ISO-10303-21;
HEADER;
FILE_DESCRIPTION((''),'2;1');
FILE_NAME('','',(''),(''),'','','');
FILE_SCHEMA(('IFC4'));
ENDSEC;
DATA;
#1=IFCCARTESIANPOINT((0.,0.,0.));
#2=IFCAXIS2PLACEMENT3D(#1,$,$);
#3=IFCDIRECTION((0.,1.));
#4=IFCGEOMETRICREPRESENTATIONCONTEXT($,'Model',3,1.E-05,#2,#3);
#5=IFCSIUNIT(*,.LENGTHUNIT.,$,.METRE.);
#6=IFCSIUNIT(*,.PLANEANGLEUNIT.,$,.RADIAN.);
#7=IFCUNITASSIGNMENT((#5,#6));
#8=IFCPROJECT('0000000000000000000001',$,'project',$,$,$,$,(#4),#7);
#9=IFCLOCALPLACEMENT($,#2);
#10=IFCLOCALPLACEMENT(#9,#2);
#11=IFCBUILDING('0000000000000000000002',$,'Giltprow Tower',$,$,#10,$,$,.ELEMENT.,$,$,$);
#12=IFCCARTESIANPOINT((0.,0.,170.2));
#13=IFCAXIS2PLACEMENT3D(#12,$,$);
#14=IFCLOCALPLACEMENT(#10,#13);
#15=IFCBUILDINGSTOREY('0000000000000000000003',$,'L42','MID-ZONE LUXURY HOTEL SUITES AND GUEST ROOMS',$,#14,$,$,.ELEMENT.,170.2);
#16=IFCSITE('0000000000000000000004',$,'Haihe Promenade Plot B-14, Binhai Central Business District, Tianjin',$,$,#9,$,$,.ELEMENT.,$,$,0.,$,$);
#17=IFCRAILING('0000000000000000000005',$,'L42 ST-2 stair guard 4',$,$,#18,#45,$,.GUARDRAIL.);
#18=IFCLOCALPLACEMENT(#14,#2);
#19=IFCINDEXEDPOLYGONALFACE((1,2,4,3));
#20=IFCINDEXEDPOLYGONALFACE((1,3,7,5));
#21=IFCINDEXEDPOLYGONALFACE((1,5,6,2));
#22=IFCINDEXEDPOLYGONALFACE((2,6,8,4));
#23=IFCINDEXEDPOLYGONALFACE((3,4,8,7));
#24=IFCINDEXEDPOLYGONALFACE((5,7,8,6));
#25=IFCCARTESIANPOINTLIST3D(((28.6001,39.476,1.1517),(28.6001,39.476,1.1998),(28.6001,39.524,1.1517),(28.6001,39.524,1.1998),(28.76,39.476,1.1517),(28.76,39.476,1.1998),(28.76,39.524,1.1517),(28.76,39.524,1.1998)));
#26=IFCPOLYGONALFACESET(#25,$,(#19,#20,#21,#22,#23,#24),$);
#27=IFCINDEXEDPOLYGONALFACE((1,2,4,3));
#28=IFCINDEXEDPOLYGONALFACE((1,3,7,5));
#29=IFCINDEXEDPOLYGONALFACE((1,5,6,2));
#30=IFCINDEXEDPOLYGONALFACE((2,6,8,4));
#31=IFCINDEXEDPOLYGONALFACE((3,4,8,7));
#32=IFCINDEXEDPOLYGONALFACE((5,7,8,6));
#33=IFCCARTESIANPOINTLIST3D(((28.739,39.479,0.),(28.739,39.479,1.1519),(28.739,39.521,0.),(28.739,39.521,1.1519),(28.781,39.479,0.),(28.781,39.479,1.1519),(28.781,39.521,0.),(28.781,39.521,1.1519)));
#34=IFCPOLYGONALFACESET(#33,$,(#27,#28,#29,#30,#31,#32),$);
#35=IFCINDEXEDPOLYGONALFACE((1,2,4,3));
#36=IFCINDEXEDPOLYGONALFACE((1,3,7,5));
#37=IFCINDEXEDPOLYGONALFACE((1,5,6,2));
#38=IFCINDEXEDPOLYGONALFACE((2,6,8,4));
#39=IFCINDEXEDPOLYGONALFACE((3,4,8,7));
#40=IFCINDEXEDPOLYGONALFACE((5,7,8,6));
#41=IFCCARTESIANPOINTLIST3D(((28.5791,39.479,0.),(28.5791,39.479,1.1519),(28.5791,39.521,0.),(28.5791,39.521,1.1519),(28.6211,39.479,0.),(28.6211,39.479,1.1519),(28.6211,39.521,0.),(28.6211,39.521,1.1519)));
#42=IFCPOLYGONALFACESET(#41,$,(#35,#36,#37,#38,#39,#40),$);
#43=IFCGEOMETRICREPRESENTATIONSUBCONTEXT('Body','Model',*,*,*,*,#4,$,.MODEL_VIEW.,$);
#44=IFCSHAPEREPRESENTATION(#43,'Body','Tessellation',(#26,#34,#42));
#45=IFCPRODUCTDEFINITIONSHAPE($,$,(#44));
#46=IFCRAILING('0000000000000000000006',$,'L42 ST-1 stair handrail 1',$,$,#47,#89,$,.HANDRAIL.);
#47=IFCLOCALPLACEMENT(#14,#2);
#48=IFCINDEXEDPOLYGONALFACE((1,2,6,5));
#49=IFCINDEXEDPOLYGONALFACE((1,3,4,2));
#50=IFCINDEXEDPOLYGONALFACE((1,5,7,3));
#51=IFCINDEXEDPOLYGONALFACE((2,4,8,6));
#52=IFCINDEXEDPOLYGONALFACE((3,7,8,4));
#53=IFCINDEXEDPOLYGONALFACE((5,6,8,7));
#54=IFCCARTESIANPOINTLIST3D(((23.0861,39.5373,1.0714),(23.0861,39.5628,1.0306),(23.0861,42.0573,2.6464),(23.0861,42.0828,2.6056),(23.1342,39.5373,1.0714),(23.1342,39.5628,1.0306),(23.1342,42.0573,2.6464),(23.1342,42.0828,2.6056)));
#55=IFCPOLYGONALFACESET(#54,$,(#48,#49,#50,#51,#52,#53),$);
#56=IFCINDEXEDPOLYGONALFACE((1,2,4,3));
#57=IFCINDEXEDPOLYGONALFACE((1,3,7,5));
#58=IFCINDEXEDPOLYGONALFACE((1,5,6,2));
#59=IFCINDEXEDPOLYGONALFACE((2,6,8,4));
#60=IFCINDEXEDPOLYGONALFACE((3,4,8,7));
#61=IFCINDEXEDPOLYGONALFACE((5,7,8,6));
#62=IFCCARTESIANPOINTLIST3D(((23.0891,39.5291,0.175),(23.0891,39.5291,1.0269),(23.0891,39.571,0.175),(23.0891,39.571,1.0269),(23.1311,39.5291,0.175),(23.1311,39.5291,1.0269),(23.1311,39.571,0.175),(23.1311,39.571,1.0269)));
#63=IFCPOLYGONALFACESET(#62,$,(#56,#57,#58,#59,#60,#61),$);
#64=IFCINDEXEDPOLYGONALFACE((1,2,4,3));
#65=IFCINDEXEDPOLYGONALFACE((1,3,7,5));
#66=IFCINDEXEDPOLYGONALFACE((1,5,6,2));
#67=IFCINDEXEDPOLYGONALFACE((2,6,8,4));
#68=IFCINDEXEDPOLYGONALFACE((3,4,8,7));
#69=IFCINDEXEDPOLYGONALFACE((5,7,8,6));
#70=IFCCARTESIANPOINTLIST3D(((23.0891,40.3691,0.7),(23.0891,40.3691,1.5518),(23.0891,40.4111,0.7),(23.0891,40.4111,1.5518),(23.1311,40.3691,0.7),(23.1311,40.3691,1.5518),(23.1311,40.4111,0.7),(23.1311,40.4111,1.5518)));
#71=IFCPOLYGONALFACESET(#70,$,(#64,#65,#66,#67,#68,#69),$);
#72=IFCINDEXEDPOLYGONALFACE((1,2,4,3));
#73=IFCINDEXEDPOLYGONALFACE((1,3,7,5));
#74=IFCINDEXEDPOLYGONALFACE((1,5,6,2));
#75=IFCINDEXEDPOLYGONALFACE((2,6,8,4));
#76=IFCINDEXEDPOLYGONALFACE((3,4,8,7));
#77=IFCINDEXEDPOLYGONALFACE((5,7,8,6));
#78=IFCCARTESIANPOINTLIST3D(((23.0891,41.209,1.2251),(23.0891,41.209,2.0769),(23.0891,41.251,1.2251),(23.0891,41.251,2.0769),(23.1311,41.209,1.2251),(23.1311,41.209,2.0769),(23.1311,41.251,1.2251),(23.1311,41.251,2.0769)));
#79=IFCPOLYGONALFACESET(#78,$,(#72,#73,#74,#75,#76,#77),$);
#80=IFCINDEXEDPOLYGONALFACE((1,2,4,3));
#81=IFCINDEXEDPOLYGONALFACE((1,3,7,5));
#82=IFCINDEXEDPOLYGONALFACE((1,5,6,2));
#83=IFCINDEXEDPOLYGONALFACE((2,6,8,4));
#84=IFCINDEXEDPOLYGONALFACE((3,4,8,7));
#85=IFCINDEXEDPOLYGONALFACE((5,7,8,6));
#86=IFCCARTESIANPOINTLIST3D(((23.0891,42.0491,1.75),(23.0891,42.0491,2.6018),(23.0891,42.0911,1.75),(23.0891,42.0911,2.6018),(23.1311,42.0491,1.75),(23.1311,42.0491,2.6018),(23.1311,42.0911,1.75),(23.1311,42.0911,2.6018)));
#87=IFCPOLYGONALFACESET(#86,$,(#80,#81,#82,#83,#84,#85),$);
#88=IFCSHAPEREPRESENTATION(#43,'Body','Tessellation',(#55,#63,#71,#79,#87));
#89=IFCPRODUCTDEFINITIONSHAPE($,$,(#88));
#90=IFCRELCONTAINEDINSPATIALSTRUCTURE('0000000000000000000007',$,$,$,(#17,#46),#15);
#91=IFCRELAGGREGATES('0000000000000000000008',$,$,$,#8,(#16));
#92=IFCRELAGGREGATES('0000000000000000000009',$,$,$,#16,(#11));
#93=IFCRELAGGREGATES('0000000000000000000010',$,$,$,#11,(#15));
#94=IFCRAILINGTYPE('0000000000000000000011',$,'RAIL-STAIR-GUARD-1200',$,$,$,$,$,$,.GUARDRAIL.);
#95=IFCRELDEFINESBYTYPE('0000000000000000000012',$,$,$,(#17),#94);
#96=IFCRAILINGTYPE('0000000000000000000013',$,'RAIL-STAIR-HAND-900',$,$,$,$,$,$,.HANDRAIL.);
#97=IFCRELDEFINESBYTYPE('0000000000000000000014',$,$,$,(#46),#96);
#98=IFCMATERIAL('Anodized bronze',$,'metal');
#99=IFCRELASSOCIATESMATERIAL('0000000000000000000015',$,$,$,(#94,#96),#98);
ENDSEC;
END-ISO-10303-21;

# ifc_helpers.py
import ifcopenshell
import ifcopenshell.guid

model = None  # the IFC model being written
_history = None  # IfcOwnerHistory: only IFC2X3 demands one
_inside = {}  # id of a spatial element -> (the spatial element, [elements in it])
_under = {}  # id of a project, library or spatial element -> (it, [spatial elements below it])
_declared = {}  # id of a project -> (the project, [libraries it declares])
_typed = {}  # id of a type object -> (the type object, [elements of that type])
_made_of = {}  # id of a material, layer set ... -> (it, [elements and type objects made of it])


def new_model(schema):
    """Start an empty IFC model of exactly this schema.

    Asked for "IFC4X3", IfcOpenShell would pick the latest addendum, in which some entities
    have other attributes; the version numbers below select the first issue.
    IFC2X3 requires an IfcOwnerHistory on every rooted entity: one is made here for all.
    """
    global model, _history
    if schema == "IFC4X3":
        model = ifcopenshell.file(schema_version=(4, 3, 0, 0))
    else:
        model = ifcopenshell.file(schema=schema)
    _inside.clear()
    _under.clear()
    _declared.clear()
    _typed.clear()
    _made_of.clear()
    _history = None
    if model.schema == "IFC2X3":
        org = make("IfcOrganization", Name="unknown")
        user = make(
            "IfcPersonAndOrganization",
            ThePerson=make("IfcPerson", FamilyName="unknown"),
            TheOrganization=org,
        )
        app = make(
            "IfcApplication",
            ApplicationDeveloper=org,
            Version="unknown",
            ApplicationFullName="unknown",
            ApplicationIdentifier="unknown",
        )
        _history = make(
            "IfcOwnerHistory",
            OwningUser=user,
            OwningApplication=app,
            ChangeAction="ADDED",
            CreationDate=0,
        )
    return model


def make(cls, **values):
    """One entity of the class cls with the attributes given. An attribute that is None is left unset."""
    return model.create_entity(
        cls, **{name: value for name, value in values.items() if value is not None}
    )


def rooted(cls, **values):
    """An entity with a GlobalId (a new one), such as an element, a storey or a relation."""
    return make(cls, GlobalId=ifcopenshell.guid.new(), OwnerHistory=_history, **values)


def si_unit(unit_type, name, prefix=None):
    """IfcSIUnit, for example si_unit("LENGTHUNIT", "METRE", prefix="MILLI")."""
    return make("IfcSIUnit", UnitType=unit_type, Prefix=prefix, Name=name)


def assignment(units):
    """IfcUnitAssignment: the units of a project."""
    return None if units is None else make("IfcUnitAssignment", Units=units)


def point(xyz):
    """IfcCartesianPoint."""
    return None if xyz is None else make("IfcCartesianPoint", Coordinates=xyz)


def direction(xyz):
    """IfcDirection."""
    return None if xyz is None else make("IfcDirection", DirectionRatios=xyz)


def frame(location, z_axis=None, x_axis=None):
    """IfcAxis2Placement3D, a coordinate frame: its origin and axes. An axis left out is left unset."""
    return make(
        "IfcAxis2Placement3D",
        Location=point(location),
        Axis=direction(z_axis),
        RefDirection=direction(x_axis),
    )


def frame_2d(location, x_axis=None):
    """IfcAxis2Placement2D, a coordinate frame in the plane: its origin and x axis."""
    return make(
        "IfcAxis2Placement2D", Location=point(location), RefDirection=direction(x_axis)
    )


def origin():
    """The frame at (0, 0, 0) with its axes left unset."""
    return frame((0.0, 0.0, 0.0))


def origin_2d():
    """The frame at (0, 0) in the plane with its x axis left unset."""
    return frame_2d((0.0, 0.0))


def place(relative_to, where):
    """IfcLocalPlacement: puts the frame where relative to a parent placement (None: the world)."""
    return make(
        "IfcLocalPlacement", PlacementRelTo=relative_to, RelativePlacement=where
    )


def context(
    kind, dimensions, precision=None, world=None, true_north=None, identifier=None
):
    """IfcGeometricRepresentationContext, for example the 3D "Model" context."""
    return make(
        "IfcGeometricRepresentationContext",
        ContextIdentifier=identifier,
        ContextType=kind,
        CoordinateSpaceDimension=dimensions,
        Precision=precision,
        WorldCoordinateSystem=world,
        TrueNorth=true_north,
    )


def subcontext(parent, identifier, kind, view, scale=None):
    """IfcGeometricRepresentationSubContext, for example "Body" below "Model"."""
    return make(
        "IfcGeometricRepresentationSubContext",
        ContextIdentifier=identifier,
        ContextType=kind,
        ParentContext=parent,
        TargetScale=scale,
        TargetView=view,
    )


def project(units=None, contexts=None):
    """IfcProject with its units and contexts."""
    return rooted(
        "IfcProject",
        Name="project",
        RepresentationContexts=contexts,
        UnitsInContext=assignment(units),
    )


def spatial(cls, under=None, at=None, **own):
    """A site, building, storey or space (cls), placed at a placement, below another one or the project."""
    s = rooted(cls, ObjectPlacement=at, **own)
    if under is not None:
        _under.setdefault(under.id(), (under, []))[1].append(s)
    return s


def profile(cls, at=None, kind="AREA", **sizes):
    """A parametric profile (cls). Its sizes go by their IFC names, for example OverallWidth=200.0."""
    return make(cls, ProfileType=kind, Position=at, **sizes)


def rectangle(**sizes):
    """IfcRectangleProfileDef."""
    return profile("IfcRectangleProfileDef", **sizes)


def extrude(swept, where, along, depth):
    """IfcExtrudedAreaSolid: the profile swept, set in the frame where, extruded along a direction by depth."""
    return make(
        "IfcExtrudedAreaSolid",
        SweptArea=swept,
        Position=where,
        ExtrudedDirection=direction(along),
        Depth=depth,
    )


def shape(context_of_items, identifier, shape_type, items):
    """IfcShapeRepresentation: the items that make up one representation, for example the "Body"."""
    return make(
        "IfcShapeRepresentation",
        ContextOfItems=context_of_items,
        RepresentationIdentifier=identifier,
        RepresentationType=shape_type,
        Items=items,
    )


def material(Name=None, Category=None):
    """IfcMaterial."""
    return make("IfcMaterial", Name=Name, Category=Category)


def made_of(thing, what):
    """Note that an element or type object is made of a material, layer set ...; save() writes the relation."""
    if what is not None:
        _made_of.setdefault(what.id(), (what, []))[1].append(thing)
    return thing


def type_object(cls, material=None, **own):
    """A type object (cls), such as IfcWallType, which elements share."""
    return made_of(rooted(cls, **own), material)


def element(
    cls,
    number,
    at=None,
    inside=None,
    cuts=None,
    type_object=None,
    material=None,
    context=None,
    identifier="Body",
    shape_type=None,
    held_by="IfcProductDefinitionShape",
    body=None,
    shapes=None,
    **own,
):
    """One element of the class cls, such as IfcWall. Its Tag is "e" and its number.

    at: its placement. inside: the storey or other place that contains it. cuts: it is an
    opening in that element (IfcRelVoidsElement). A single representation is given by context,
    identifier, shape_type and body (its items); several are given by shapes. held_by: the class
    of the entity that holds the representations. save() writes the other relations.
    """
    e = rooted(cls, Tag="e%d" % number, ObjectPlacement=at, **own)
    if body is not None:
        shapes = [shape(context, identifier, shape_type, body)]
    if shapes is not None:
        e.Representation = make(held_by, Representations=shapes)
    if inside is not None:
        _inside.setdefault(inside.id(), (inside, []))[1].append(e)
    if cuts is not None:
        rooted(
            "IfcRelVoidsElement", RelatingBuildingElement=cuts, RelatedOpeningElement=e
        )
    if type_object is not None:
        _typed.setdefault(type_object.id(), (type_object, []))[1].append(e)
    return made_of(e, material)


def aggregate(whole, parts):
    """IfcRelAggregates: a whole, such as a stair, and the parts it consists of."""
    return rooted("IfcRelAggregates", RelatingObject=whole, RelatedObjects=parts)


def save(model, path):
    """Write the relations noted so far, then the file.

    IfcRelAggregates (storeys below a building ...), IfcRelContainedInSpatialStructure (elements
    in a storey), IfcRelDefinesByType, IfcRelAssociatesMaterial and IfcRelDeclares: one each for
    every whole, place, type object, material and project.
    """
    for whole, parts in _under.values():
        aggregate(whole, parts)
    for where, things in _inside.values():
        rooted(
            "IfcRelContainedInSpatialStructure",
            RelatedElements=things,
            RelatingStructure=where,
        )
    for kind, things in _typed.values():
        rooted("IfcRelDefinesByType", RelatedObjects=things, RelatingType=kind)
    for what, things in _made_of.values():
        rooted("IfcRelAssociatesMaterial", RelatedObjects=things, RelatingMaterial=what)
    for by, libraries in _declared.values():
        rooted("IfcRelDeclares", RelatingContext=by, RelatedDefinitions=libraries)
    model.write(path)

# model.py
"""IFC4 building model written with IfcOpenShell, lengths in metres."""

from ifc_helpers import new_model, si_unit, direction, frame, origin, origin_2d, place, context, subcontext, project, spatial, rectangle, extrude, material, type_object, element, save


model = new_model("IFC4")

# Units and contexts
model_context = context("Model", 3, precision=1e-05, world=origin(), true_north=direction((0.0, 1.0)))
body_context = subcontext(model_context, "Body", "Model", "MODEL_VIEW")
ifc_project = project(units=[si_unit("LENGTHUNIT", "METRE"), si_unit("PLANEANGLEUNIT", "RADIAN")], contexts=[model_context])

# Site, building, storey
site_placement = place(None, origin())
site = spatial("IfcSite", under=ifc_project, at=site_placement, Name="Haihe Promenade Plot B-14, Binhai Central Business District, Tianjin", CompositionType="ELEMENT", RefElevation=0.0)
building_placement = place(site_placement, origin())
building = spatial("IfcBuilding", under=site, at=building_placement, Name="Giltprow Tower", CompositionType="ELEMENT")
storey_placement = place(building_placement, frame((0.0, 0.0, 170.2)))
storey = spatial("IfcBuildingStorey", under=building, at=storey_placement, Name="L42", Description="MID-ZONE LUXURY HOTEL SUITES AND GUEST ROOMS", CompositionType="ELEMENT", Elevation=170.2)

# Railings
ifc_material_1 = material(Name="Anodized bronze", Category="metal")
railing_type_1 = type_object("IfcRailingType", Name="RAIL-STAIR-GUARD-1200", PredefinedType="GUARDRAIL", material=ifc_material_1)
railing_1_placement = place(storey_placement, frame((28.76, 39.5, 0.0)))
element("IfcRailing", 1, at=railing_1_placement, inside=storey, type_object=railing_type_1, Name="L42 ST-2 stair guard 4", PredefinedType="GUARDRAIL", context=body_context, shape_type="SweptSolid", body=[
    extrude(rectangle(XDim=0.0481, YDim=0.0481, at=origin_2d()), frame((0.0, 0.0, 1.1758), z_axis=(-1.0, 0.0, 0.0), x_axis=(0.0, -1.0, 0.0)), (0.0, 0.0, 1.0), 0.1599),
    extrude(rectangle(XDim=0.042, YDim=0.042, at=origin_2d()), origin(), (0.0, 0.0, 1.0), 1.1519),
    extrude(rectangle(XDim=0.042, YDim=0.042, at=origin_2d()), frame((-0.1599, 0.0, 0.0)), (0.0, 0.0, 1.0), 1.1519),
])
railing_type_2 = type_object("IfcRailingType", Name="RAIL-STAIR-HAND-900", PredefinedType="HANDRAIL", material=ifc_material_1)
railing_2_placement = place(storey_placement, frame((23.1101, 39.55, 0.175)))
element("IfcRailing", 2, at=railing_2_placement, inside=storey, type_object=railing_type_2, Name="L42 ST-1 stair handrail 1", PredefinedType="HANDRAIL", context=body_context, shape_type="SweptSolid", body=[
    extrude(rectangle(XDim=0.0481, YDim=0.0481, at=origin_2d()), frame((0.0, 0.0, 0.876), z_axis=(0.0, 0.848008, 0.529984), x_axis=(-1.0, 0.0, 0.0)), (0.0, 0.0, 1.0), 2.9717),
    extrude(rectangle(XDim=0.042, YDim=0.042, at=origin_2d()), origin(), (0.0, 0.0, 1.0), 0.8518),
    extrude(rectangle(XDim=0.042, YDim=0.042, at=origin_2d()), frame((0.0, 0.8401, 0.5249)), (0.0, 0.0, 1.0), 0.8518),
    extrude(rectangle(XDim=0.042, YDim=0.042, at=origin_2d()), frame((0.0, 1.6799, 1.05)), (0.0, 0.0, 1.0), 0.8518),
    extrude(rectangle(XDim=0.042, YDim=0.042, at=origin_2d()), frame((0.0, 2.52, 1.575)), (0.0, 0.0, 1.0), 0.8518),
])

save(model, "model.ifc")
